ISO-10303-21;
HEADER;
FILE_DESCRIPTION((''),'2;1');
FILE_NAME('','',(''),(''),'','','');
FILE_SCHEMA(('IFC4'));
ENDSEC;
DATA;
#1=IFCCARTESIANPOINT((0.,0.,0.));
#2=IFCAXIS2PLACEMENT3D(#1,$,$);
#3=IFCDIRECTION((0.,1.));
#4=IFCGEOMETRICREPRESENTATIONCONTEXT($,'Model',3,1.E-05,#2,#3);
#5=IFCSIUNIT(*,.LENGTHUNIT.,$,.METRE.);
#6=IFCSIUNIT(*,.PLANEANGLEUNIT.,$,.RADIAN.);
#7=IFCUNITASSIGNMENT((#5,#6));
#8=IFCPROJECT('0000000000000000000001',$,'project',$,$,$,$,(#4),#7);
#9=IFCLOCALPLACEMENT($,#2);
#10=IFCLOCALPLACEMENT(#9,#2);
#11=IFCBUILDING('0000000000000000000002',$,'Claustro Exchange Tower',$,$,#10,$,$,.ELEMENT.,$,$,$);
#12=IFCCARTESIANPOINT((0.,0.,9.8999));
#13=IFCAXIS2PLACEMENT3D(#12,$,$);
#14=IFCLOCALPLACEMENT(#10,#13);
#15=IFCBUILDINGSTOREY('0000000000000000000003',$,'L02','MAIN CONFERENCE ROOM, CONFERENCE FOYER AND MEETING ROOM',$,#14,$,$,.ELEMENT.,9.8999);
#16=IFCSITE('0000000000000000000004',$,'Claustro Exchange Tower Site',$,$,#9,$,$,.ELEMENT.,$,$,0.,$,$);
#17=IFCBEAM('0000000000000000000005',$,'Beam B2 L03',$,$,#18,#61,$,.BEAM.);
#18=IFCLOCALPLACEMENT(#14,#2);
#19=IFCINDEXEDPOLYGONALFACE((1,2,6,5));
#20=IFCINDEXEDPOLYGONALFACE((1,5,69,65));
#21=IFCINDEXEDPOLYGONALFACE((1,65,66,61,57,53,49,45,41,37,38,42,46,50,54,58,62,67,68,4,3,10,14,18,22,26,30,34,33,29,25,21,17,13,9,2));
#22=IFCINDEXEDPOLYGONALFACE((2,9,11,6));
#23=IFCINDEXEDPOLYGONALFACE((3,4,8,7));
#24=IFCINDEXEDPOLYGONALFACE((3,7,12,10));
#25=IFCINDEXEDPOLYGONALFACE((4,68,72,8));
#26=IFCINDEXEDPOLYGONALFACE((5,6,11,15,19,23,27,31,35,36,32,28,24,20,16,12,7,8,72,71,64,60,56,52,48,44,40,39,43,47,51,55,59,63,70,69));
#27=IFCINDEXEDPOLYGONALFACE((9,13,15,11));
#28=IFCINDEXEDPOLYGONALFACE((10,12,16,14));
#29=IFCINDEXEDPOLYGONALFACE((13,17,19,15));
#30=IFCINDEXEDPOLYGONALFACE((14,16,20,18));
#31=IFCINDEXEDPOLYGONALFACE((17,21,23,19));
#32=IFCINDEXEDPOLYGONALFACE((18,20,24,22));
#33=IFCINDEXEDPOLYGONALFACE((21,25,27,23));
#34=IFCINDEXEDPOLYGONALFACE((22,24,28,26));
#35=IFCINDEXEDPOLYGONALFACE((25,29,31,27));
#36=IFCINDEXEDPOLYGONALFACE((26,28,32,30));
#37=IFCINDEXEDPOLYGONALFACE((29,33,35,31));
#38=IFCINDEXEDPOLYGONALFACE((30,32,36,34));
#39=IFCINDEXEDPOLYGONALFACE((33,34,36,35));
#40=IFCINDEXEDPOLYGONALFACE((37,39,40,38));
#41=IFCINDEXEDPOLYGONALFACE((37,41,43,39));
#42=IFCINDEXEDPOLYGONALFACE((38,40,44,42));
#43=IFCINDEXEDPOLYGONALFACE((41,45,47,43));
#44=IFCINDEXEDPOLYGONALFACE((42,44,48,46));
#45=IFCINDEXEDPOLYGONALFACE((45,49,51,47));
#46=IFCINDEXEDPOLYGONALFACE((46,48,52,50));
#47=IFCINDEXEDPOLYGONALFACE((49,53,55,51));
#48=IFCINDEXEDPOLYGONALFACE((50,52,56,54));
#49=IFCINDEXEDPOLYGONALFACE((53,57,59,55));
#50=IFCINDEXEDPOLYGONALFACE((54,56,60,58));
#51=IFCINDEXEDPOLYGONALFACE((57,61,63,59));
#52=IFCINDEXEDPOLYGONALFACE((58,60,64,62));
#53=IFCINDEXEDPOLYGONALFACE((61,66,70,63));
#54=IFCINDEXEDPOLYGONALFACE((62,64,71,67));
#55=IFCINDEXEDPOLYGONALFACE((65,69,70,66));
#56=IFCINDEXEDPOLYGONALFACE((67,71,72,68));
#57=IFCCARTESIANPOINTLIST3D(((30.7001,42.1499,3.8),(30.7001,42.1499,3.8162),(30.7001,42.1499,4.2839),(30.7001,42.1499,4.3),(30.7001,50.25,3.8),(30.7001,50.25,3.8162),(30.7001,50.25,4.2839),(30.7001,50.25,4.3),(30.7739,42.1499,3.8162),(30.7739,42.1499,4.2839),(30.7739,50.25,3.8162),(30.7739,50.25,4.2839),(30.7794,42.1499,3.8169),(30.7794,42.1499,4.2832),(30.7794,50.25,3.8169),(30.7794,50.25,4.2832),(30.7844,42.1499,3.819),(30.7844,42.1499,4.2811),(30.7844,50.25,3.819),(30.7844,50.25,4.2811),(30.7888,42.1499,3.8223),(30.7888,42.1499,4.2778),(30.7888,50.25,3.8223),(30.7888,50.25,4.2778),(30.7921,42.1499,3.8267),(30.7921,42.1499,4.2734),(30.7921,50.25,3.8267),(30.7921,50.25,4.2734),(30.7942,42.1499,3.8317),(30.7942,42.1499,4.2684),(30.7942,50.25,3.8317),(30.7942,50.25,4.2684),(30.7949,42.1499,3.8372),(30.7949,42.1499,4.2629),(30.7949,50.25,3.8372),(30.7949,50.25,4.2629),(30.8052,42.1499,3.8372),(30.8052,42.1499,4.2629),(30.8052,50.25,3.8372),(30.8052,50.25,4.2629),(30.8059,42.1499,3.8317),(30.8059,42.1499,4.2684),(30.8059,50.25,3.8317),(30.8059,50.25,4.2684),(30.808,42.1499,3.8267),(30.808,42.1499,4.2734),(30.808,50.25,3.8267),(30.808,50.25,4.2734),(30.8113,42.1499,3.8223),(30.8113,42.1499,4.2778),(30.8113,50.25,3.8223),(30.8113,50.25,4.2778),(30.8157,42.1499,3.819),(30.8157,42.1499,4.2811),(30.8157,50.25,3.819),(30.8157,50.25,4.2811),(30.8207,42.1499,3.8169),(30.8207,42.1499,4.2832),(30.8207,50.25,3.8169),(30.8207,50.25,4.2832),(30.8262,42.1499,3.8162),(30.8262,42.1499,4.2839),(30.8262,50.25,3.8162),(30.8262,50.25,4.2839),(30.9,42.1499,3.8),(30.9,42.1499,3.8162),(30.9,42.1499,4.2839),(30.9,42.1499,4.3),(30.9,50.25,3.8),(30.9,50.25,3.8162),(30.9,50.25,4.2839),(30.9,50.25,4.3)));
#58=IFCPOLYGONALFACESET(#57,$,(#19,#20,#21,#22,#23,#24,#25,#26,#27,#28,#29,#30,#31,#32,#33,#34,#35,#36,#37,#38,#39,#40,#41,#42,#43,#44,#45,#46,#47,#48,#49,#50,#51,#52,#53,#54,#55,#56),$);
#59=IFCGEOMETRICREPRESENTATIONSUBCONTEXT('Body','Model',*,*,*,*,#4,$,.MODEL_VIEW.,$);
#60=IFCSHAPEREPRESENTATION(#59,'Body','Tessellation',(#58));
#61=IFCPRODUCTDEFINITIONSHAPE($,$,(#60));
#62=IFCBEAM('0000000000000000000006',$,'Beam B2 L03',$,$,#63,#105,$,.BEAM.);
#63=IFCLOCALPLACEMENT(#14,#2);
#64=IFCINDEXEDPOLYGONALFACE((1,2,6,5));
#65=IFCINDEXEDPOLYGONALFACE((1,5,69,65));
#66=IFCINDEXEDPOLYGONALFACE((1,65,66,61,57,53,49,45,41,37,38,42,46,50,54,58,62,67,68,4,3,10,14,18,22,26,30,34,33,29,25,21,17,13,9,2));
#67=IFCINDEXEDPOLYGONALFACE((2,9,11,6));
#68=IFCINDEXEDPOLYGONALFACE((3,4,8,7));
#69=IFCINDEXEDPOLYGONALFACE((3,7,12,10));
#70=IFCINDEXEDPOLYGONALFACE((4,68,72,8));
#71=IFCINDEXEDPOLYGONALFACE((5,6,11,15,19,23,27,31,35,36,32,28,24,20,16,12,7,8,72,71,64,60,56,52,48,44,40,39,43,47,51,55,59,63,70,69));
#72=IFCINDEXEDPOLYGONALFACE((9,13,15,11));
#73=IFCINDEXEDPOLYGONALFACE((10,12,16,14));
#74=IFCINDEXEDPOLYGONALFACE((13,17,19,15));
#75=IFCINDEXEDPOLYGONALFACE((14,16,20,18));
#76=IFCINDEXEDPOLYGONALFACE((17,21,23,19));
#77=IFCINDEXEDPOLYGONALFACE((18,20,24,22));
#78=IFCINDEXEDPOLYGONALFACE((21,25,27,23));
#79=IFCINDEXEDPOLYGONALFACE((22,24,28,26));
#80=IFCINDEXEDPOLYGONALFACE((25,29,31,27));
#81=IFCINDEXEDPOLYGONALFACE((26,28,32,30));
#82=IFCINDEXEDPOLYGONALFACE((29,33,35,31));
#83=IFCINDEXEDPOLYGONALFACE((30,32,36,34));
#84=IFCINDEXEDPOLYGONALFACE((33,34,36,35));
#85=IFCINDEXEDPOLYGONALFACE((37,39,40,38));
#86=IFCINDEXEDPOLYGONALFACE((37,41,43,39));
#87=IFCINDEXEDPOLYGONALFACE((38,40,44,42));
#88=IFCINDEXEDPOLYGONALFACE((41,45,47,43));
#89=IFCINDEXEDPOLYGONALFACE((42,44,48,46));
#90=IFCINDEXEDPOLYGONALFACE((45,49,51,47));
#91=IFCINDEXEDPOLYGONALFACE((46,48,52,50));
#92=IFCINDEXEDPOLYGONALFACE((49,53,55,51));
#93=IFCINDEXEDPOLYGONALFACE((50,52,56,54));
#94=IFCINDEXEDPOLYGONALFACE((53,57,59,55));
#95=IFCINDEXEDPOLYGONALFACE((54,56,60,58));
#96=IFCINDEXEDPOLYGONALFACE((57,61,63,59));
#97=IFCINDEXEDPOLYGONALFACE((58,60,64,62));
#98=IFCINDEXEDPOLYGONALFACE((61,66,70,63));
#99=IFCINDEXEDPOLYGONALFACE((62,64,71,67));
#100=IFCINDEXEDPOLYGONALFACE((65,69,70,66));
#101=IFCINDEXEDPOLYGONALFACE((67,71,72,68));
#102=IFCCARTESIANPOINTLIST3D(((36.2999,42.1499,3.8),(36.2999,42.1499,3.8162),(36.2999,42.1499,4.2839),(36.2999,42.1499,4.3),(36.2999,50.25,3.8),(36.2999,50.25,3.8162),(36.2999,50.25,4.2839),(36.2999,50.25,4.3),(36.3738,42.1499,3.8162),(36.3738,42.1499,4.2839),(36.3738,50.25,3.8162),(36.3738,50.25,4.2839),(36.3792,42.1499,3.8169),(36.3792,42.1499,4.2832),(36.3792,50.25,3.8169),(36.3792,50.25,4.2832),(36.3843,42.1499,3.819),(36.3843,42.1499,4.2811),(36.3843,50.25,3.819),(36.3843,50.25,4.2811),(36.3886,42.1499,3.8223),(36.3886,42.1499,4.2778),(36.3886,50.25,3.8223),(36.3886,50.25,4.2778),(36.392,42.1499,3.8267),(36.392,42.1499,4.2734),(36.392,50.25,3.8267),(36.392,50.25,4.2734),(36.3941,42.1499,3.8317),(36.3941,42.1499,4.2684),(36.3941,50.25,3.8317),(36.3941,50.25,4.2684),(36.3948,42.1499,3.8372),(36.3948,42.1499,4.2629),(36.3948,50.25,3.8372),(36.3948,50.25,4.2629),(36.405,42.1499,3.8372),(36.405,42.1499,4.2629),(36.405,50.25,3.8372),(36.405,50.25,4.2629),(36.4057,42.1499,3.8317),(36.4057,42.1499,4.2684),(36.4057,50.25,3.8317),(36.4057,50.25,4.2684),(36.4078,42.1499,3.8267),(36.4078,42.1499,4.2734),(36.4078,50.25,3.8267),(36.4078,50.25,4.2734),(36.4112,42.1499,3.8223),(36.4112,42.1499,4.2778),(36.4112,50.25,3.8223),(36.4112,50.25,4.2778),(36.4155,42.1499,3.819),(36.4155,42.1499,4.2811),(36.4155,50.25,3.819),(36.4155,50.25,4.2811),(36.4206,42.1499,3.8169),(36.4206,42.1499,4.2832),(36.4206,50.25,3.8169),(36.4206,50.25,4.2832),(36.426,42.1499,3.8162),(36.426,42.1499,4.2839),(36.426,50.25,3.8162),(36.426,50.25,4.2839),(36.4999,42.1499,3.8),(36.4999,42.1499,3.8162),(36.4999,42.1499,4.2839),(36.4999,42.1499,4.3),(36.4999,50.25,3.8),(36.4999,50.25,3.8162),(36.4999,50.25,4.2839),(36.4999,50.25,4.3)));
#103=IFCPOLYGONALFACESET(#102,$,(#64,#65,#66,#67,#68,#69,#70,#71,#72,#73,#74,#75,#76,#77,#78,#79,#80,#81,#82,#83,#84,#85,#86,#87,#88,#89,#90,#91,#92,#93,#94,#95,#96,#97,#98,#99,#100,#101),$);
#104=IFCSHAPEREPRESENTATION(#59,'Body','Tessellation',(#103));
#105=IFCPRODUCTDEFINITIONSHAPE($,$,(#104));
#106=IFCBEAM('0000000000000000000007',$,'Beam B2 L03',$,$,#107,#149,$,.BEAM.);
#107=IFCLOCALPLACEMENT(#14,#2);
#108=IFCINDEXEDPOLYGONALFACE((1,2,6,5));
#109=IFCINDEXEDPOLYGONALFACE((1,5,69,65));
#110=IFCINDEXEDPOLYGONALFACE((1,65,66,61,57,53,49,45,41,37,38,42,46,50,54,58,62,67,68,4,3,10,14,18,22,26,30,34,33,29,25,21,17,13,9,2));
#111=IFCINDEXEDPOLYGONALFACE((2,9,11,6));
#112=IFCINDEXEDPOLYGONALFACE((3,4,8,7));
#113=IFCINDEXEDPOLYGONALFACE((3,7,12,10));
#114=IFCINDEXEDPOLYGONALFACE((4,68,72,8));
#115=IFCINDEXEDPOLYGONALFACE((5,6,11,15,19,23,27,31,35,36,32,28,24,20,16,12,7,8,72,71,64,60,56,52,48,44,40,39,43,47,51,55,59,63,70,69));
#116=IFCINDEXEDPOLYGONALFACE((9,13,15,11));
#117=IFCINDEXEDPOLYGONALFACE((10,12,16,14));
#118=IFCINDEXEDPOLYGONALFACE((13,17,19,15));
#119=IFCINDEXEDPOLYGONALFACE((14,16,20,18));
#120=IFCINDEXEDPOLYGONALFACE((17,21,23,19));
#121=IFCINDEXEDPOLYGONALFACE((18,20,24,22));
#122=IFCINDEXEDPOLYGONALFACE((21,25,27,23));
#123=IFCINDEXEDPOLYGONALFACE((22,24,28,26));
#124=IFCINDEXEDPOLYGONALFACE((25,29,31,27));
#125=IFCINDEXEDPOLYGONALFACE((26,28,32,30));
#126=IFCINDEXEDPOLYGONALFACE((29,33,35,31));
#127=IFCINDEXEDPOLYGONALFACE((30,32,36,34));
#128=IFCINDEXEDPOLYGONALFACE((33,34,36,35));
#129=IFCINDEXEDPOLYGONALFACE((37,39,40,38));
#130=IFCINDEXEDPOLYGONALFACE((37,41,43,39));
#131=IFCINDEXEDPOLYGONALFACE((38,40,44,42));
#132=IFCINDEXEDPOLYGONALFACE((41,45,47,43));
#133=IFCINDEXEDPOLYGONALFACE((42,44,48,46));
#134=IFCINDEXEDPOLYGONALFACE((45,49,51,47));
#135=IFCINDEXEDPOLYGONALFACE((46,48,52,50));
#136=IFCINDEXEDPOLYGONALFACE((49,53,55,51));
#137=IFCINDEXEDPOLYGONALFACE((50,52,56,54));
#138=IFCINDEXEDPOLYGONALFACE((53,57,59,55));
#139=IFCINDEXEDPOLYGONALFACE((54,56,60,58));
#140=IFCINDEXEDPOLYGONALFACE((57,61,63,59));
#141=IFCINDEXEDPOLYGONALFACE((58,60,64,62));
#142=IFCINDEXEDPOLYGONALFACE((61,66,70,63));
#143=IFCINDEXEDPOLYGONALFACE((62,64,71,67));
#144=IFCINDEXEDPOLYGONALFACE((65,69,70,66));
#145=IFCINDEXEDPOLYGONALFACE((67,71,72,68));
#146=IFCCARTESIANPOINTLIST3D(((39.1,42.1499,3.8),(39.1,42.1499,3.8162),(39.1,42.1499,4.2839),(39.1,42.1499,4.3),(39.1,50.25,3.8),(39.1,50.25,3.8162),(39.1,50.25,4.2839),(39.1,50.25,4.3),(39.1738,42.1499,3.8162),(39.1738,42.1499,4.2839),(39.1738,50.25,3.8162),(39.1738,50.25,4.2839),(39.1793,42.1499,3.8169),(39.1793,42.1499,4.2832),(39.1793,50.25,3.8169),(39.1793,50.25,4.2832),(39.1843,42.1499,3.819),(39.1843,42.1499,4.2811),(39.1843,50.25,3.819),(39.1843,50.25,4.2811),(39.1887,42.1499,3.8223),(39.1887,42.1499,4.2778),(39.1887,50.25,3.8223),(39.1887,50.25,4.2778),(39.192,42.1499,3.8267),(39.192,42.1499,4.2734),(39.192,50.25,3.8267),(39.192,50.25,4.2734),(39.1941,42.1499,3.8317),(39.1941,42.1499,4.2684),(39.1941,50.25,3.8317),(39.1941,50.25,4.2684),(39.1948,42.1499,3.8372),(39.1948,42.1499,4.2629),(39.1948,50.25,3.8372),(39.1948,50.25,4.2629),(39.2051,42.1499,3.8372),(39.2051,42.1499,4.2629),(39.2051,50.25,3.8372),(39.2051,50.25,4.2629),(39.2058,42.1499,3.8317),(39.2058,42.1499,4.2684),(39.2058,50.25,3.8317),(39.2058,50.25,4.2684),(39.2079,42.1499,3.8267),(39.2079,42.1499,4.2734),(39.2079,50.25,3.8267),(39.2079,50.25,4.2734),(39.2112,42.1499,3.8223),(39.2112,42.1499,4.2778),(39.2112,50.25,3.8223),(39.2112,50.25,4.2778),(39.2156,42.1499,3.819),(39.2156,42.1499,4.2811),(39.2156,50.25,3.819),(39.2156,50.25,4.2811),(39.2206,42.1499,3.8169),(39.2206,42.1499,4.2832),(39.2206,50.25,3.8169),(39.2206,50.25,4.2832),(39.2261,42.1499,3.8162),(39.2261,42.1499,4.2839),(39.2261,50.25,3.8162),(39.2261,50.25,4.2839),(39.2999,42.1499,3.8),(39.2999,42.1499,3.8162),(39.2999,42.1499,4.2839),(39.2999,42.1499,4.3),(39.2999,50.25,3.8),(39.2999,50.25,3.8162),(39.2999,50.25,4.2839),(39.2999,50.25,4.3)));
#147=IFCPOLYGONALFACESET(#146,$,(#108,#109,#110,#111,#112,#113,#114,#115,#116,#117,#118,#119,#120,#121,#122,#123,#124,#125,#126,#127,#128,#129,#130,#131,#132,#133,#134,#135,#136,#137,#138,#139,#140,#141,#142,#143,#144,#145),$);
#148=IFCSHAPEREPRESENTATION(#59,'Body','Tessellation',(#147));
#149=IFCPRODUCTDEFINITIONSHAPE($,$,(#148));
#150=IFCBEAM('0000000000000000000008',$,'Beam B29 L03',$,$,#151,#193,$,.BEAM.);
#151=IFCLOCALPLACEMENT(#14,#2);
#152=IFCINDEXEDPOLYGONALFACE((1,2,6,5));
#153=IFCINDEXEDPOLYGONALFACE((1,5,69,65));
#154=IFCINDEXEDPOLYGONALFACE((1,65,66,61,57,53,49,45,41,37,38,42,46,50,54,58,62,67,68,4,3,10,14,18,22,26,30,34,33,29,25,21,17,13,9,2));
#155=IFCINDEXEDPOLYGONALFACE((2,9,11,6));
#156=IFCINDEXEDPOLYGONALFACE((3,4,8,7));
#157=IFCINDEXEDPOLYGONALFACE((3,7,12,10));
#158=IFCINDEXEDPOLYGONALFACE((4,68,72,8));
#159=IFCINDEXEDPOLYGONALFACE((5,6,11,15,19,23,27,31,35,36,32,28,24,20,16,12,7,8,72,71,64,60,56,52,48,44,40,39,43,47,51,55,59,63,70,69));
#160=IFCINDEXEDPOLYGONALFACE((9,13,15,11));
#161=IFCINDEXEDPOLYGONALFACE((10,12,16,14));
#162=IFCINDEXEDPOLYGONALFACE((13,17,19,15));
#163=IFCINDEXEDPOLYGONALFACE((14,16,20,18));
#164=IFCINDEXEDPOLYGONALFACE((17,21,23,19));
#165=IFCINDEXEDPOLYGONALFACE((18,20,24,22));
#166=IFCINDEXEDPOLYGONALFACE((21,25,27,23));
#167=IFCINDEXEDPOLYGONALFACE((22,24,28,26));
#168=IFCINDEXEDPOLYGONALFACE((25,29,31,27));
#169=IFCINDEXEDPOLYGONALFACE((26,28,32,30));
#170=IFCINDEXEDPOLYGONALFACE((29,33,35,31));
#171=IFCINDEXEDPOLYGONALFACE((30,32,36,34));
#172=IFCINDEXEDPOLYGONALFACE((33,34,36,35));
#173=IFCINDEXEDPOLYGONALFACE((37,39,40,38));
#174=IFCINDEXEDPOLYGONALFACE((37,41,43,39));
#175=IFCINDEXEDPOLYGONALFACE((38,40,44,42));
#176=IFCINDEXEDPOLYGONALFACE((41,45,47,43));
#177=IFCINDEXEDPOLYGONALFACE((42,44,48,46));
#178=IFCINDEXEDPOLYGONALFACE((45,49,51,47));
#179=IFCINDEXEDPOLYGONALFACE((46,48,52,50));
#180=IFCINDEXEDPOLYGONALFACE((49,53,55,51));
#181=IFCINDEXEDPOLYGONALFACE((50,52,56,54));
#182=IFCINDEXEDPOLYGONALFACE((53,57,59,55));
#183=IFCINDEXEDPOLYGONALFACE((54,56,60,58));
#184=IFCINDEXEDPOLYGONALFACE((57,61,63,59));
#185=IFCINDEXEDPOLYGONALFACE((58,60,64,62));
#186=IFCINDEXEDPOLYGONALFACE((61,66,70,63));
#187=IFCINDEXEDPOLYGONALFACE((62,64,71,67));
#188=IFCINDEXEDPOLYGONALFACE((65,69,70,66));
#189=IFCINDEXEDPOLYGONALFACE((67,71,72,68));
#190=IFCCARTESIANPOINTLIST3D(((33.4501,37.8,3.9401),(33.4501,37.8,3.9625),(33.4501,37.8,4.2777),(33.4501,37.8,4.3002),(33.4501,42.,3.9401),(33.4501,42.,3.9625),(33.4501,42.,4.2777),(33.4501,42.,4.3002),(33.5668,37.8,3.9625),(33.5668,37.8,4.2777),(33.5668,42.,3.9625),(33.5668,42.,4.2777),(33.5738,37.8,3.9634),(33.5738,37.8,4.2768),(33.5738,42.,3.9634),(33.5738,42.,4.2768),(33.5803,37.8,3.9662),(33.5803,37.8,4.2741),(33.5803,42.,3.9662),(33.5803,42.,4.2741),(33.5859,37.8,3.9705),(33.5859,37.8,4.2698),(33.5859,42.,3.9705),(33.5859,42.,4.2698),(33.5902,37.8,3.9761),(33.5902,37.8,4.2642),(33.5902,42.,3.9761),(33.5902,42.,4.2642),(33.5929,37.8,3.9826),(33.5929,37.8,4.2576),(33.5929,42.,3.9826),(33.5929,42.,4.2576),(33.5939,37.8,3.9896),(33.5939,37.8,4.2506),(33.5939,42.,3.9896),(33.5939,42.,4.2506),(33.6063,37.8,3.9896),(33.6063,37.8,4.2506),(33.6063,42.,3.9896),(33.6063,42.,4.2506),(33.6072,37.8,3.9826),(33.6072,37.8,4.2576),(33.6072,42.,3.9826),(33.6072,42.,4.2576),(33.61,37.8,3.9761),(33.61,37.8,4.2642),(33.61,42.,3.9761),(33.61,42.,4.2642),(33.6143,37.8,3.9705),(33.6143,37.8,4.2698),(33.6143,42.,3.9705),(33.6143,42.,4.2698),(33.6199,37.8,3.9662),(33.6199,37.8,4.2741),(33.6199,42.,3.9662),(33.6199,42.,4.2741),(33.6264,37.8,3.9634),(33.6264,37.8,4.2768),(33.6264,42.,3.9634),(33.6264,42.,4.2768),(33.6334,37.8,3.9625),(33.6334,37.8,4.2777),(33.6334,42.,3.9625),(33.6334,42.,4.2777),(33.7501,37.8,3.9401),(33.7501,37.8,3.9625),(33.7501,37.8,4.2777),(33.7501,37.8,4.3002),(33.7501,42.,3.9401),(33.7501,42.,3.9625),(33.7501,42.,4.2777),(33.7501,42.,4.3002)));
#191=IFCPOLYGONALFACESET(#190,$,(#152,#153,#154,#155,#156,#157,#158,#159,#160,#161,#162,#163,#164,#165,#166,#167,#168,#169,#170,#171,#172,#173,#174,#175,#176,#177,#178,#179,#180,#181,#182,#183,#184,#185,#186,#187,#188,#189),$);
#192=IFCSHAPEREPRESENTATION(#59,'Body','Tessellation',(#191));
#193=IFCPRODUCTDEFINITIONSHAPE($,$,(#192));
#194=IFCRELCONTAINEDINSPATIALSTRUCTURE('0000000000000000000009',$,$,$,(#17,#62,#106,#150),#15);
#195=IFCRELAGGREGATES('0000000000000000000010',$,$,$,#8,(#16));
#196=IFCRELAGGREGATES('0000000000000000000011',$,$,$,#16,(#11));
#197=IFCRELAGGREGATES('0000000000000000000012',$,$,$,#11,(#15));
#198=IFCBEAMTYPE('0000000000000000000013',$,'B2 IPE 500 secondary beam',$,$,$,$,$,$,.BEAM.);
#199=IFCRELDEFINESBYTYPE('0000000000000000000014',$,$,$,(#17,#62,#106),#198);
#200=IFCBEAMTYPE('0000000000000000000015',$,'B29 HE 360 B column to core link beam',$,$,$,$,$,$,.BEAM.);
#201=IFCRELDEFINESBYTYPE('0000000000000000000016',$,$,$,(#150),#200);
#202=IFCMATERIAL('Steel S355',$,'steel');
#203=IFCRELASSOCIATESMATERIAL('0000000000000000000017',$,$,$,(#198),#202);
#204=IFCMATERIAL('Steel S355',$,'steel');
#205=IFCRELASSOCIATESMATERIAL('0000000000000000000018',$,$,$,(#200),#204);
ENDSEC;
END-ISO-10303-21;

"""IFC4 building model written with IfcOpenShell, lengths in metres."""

from ifc_helpers import new_model, si_unit, direction, frame, origin, origin_2d, place, context, subcontext, project, spatial, i_section, extrude, material, material_profile, profile_set, type_object, element, save


model = new_model("IFC4")

# Units and contexts
model_context = context("Model", 3, precision=1e-05, world=origin(), true_north=direction((0.0, 1.0)))
body_context = subcontext(model_context, "Body", "Model", "MODEL_VIEW")
ifc_project = project(units=[si_unit("LENGTHUNIT", "METRE"), si_unit("PLANEANGLEUNIT", "RADIAN")], contexts=[model_context])

# Site, building, storey
site_placement = place(None, origin())
site = spatial("IfcSite", under=ifc_project, at=site_placement, Name="Claustro Exchange Tower Site", CompositionType="ELEMENT", RefElevation=0.0)
building_placement = place(site_placement, origin())
building = spatial("IfcBuilding", under=site, at=building_placement, Name="Claustro Exchange Tower", CompositionType="ELEMENT")
storey_placement = place(building_placement, frame((0.0, 0.0, 9.8999)))
storey = spatial("IfcBuildingStorey", under=building, at=storey_placement, Name="L02", Description="MAIN CONFERENCE ROOM, CONFERENCE FOYER AND MEETING ROOM", CompositionType="ELEMENT", Elevation=9.8999)

# Beams
ifc_material_1 = material(Name="Steel S355", Category="steel")
ifc_material_profile_1 = material_profile(ifc_material_1, i_section(OverallWidth=0.2, OverallDepth=0.5, WebThickness=0.0103, FlangeThickness=0.0161, FilletRadius=0.021, at=origin_2d()), Name="IPE 500")
ifc_profile_set_1 = profile_set([ifc_material_profile_1], Name="Steel S355")
beam_type_1 = type_object("IfcBeamType", Name="B2 IPE 500 secondary beam", PredefinedType="BEAM", material=ifc_profile_set_1)
for number, where, z_axis, x_axis, name in (
    (1, (30.8, 42.1499, 4.05), (0.0, 1.0, 0.0), (-1.0, 0.0, 0.0), "Beam B2 L03"),
    (2, (36.3999, 42.1499, 4.05), (0.0, 1.0, 0.0), (-1.0, 0.0, 0.0), "Beam B2 L03"),
    (3, (39.2, 42.1499, 4.05), (0.0, 1.0, 0.0), (-1.0, 0.0, 0.0), "Beam B2 L03"),
):
    element("IfcBeam", number, at=place(storey_placement, frame(where, z_axis=z_axis, x_axis=x_axis)), inside=storey, type_object=beam_type_1, Name=name, PredefinedType="BEAM", context=body_context, shape_type="SweptSolid", body=[
        extrude(i_section(OverallWidth=0.2, OverallDepth=0.5, WebThickness=0.0103, FlangeThickness=0.0161, FilletRadius=0.021, at=origin_2d()), origin(), (0.0, 0.0, 1.0), 8.1001),
    ])
ifc_material_2 = material(Name="Steel S355", Category="steel")
ifc_material_profile_2 = material_profile(ifc_material_2, i_section(OverallWidth=0.3, OverallDepth=0.3601, WebThickness=0.0125, FlangeThickness=0.0225, FilletRadius=0.0271, at=origin_2d()), Name="HE 360 B")
ifc_profile_set_2 = profile_set([ifc_material_profile_2], Name="Steel S355")
beam_type_2 = type_object("IfcBeamType", Name="B29 HE 360 B column to core link beam", PredefinedType="BEAM", material=ifc_profile_set_2)
for number, where, z_axis, x_axis, name in (
    (4, (33.6001, 37.8, 4.1201), (0.0, 1.0, 0.0), (-1.0, 0.0, 0.0), "Beam B29 L03"),
):
    element("IfcBeam", number, at=place(storey_placement, frame(where, z_axis=z_axis, x_axis=x_axis)), inside=storey, type_object=beam_type_2, Name=name, PredefinedType="BEAM", context=body_context, shape_type="SweptSolid", body=[
        extrude(i_section(OverallWidth=0.3, OverallDepth=0.3601, WebThickness=0.0125, FlangeThickness=0.0225, FilletRadius=0.0271, at=origin_2d()), origin(), (0.0, 0.0, 1.0), 4.2),
    ])

save(model, "model.ifc")
